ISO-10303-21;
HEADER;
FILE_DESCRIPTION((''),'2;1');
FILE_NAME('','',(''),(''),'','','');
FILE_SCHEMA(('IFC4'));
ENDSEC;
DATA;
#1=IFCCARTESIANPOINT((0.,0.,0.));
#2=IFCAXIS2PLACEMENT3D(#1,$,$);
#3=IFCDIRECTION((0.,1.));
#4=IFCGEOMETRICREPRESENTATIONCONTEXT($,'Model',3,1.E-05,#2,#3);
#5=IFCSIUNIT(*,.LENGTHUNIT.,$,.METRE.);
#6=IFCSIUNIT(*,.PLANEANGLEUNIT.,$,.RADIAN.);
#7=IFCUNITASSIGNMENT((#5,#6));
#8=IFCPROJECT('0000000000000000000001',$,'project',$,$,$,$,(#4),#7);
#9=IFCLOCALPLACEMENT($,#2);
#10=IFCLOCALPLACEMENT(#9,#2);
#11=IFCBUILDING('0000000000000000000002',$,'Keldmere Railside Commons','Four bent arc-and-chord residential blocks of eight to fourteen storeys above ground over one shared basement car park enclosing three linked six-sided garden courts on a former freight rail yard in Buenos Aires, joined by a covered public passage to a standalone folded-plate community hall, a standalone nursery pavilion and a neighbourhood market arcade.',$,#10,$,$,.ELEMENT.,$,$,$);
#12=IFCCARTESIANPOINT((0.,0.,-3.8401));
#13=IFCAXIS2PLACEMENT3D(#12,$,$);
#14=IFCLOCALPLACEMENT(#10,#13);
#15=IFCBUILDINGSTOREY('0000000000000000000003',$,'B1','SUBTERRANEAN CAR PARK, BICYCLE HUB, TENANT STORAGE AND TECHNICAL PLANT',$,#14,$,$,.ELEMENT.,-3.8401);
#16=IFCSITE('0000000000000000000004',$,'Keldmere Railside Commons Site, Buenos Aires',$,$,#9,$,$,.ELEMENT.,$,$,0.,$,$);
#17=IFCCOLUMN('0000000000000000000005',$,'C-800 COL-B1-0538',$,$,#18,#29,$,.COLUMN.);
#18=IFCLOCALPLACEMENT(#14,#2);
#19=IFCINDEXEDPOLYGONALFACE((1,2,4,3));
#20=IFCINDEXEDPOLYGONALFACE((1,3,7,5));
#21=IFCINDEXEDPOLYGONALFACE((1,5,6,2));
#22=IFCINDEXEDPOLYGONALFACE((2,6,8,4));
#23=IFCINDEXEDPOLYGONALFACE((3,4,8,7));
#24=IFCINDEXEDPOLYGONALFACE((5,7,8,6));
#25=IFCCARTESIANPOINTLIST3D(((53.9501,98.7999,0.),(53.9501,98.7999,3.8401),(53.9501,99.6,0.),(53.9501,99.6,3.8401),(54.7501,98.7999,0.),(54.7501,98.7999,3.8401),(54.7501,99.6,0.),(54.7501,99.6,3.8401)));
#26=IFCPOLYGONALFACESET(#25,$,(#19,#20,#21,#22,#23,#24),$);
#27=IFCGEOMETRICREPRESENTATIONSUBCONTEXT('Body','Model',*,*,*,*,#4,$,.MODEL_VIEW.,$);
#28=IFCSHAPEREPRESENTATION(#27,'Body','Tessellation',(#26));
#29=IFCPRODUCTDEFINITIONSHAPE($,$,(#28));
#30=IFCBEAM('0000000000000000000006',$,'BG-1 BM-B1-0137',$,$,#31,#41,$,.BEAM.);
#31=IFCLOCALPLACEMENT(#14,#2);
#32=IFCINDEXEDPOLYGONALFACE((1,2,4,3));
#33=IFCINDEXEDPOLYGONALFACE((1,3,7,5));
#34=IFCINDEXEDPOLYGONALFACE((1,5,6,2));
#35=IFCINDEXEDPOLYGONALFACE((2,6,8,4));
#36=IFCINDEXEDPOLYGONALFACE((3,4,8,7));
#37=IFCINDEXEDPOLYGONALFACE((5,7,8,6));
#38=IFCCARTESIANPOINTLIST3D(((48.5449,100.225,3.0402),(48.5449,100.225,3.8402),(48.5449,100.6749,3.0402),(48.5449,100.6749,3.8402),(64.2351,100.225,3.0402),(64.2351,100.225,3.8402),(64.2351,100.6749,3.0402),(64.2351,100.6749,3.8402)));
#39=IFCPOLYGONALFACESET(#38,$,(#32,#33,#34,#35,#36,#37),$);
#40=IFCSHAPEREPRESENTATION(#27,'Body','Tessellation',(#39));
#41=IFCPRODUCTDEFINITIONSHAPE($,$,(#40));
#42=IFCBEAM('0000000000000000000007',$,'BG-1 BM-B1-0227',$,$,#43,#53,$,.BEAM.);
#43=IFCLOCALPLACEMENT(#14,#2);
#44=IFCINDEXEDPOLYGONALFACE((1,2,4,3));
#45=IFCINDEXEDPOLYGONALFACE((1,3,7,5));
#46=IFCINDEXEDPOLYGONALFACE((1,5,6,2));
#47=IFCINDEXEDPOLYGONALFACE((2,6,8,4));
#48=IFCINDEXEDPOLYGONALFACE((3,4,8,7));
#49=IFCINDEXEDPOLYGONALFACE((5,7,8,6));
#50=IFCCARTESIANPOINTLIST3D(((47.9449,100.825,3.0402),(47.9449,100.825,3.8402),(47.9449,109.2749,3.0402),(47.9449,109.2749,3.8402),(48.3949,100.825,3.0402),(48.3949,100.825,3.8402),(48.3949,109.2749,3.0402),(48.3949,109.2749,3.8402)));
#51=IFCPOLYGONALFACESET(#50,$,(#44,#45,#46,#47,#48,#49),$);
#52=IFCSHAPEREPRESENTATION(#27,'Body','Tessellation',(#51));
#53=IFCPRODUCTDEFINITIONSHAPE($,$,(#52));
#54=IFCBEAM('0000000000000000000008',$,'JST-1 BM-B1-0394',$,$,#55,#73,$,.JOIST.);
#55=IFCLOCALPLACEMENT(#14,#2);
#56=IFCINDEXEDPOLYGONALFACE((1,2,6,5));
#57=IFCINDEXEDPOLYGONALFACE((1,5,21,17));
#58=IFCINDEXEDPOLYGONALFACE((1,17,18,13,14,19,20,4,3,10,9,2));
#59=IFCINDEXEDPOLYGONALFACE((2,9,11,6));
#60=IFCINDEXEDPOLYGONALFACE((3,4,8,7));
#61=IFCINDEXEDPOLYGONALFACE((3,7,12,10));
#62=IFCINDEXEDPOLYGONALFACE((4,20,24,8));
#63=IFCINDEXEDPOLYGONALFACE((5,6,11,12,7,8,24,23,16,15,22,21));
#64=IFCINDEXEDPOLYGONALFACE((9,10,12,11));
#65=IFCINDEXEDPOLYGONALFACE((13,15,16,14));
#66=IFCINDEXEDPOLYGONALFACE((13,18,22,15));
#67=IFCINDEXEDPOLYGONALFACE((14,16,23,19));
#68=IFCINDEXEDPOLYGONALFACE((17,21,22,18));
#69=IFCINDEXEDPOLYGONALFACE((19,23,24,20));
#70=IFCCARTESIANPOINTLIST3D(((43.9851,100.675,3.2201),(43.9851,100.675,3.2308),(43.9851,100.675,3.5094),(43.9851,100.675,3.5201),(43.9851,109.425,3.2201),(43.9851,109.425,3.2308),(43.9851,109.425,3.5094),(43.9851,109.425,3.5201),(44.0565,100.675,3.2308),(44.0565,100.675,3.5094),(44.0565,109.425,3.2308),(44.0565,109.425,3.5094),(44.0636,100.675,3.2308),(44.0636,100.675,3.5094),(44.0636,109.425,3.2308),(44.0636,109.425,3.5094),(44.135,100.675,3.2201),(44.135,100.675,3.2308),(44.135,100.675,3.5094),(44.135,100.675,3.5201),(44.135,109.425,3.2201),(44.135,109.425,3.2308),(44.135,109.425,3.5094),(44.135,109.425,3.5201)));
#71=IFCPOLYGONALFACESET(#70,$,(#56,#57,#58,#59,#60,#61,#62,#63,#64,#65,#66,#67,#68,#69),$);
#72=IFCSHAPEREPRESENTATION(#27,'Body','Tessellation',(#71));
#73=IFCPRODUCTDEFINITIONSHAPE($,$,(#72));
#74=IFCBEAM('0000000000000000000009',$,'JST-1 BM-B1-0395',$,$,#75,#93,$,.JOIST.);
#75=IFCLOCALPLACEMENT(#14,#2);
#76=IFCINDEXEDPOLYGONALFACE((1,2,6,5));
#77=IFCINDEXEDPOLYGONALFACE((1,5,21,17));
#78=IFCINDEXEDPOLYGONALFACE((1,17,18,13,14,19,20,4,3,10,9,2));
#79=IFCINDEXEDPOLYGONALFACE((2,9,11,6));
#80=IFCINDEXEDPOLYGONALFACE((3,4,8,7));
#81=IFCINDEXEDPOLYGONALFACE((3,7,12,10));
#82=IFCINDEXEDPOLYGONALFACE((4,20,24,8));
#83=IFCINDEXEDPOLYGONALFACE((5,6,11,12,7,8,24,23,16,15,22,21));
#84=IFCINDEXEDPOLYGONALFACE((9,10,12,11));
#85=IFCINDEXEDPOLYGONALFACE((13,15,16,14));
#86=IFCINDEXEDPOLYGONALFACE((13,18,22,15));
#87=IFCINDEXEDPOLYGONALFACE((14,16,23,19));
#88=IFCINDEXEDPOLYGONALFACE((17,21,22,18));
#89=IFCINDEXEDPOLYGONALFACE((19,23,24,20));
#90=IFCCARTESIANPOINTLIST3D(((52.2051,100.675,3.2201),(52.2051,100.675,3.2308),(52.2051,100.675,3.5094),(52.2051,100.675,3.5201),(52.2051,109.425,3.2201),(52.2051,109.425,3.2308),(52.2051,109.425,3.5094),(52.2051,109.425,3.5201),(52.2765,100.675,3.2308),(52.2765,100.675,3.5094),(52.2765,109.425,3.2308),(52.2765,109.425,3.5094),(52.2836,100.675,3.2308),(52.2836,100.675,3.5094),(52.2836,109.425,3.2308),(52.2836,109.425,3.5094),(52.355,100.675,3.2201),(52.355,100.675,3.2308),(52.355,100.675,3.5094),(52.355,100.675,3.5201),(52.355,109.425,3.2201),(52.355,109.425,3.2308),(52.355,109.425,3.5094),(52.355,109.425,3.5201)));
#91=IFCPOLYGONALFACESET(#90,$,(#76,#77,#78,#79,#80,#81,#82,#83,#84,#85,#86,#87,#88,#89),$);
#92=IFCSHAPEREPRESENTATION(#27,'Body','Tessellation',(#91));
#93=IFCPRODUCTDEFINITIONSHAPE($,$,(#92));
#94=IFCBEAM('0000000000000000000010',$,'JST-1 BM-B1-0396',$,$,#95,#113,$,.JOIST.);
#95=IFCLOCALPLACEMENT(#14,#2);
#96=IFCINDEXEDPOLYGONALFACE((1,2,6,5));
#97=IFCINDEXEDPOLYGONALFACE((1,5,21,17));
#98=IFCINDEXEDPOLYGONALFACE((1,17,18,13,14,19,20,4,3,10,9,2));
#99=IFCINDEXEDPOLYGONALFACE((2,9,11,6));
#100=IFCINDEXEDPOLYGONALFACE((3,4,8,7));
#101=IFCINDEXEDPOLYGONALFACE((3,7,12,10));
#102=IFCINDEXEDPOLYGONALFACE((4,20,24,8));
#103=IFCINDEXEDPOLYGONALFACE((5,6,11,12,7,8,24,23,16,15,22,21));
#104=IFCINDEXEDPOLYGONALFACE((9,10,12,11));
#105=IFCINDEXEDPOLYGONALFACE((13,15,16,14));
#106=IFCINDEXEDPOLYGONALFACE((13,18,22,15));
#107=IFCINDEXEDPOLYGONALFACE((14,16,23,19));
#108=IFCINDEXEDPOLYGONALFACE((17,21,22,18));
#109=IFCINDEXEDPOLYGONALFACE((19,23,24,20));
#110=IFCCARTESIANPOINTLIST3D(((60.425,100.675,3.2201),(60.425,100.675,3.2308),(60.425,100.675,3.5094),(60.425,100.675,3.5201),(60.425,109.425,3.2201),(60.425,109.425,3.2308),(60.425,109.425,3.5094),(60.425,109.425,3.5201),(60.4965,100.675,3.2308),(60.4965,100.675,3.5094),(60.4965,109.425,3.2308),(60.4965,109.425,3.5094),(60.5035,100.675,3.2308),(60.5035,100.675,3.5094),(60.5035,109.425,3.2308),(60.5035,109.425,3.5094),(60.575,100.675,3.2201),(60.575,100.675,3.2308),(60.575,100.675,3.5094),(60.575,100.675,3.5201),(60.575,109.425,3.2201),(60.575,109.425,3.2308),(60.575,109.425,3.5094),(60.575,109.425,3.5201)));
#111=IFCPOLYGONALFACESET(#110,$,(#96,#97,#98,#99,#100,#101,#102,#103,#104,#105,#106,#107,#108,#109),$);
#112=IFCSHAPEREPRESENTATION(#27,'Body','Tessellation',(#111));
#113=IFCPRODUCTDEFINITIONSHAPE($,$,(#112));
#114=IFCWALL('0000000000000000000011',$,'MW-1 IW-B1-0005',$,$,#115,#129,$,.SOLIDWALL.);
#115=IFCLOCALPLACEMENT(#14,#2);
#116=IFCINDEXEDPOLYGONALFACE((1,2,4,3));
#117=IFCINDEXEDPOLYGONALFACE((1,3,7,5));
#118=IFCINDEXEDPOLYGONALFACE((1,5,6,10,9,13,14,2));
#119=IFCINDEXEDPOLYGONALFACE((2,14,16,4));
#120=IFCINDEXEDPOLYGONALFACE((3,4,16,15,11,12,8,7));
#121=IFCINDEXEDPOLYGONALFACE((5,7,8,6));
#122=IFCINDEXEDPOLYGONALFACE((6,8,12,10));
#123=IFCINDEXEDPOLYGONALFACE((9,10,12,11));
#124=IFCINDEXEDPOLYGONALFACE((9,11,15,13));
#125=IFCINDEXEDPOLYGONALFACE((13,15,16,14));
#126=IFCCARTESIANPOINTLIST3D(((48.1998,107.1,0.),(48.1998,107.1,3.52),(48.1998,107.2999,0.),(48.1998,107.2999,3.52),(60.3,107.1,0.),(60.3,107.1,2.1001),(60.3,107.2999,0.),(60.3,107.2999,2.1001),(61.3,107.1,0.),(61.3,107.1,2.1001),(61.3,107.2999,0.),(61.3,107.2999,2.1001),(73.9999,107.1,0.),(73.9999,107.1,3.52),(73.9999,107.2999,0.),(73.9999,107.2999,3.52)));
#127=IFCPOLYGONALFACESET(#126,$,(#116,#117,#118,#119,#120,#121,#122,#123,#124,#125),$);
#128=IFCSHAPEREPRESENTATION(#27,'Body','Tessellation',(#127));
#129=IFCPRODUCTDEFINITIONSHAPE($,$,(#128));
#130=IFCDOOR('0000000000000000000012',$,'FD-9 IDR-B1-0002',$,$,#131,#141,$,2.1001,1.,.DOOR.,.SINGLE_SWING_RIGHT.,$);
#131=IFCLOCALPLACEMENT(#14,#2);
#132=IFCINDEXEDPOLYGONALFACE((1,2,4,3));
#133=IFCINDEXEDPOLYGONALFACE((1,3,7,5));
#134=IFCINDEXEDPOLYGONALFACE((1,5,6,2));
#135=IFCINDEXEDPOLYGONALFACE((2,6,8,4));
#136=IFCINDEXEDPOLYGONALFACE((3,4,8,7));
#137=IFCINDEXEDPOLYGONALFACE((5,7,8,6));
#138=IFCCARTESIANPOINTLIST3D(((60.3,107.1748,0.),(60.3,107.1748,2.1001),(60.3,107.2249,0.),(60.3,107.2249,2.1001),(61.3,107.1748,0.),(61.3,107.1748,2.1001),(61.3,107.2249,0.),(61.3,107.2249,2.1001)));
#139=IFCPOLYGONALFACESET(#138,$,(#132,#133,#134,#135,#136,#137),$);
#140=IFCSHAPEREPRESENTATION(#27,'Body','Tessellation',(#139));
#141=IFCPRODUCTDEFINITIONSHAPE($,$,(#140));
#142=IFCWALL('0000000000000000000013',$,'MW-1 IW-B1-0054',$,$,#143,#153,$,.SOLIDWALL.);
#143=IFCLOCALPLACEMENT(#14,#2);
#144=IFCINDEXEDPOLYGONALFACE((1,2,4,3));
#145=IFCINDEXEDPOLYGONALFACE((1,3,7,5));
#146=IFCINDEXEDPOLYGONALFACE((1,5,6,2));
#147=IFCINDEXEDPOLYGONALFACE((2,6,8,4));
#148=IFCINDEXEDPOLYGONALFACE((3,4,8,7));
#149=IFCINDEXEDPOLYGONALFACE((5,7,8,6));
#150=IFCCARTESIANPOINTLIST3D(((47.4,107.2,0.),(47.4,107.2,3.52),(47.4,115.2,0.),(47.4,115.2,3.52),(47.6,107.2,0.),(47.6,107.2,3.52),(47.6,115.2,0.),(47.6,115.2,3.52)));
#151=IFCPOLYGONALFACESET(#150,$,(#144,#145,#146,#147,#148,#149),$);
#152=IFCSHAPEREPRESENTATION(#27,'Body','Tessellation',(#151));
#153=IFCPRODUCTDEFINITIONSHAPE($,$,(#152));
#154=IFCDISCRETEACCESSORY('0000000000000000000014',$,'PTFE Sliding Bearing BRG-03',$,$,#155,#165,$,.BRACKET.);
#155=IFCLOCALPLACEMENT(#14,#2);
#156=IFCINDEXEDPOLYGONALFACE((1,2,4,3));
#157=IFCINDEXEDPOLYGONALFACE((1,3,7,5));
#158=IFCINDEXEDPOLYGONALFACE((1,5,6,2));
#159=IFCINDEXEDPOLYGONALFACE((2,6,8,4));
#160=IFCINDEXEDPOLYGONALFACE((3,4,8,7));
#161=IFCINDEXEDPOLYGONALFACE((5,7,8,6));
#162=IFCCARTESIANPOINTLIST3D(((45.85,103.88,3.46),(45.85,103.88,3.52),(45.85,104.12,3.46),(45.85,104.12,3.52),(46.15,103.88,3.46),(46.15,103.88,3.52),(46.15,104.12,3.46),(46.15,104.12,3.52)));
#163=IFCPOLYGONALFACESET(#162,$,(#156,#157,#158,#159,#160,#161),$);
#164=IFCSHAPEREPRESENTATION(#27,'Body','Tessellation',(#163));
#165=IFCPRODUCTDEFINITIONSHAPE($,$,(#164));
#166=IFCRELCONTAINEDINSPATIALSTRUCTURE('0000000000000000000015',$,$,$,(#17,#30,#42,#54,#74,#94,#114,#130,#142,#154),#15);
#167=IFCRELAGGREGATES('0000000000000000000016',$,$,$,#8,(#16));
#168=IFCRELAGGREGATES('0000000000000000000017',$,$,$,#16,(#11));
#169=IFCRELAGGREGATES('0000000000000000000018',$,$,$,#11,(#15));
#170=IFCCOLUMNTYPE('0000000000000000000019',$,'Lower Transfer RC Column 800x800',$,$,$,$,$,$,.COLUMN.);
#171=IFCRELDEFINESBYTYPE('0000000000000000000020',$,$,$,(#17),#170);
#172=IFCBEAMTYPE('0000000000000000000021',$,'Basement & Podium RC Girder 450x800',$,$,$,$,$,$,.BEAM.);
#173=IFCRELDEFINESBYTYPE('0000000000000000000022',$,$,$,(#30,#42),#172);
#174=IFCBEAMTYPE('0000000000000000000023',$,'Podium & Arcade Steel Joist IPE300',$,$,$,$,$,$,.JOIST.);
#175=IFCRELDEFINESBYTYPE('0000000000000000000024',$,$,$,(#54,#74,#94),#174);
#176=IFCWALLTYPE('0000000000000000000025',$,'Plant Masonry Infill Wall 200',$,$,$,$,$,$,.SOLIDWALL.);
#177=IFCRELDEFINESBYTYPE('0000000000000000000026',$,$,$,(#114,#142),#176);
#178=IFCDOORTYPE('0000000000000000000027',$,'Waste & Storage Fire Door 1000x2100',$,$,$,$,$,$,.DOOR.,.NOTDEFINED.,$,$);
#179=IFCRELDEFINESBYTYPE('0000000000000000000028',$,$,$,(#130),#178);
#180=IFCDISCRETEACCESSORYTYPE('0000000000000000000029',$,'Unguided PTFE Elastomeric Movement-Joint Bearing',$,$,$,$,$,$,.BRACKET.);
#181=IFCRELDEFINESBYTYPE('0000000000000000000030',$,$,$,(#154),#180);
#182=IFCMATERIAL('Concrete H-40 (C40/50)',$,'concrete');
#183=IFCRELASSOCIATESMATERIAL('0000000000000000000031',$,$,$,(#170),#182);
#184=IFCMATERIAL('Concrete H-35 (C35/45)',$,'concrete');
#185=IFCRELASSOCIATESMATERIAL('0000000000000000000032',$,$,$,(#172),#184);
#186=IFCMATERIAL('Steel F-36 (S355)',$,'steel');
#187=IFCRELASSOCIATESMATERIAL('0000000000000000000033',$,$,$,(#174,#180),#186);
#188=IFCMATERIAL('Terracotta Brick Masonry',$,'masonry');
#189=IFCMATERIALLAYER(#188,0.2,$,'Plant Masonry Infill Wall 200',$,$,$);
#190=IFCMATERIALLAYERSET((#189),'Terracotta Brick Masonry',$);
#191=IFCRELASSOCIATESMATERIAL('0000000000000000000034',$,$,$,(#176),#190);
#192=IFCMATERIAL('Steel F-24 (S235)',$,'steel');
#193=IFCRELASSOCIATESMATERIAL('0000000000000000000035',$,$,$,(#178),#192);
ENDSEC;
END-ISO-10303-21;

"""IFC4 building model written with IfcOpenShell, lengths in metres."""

from ifc_helpers import new_model, si_unit, direction, frame, frame_2d, origin, origin_2d, place, context, subcontext, project, spatial, rectangle, i_section, extrude, material, layer, layer_set, material_profile, profile_set, type_object, element, fill, save


model = new_model("IFC4")

# Units and contexts
model_context = context("Model", 3, precision=1e-05, world=origin(), true_north=direction((0.0, 1.0)))
body_context = subcontext(model_context, "Body", "Model", "MODEL_VIEW")
ifc_project = project(units=[si_unit("LENGTHUNIT", "METRE"), si_unit("PLANEANGLEUNIT", "RADIAN")], contexts=[model_context])

# Site, building, storey
site_placement = place(None, origin())
site = spatial("IfcSite", under=ifc_project, at=site_placement, Name="Keldmere Railside Commons Site, Buenos Aires", CompositionType="ELEMENT", RefElevation=0.0)
building_placement = place(site_placement, origin())
building = spatial("IfcBuilding", under=site, at=building_placement, Name="Keldmere Railside Commons", Description="Four bent arc-and-chord residential blocks of eight to fourteen storeys above ground over one shared basement car park enclosing three linked six-sided garden courts on a former freight rail yard in Buenos Aires, joined by a covered public passage to a standalone folded-plate community hall, a standalone nursery pavilion and a neighbourhood market arcade.", CompositionType="ELEMENT")
storey_placement = place(building_placement, frame((0.0, 0.0, -3.8401)))
storey = spatial("IfcBuildingStorey", under=building, at=storey_placement, Name="B1", Description="SUBTERRANEAN CAR PARK, BICYCLE HUB, TENANT STORAGE AND TECHNICAL PLANT", CompositionType="ELEMENT", Elevation=-3.8401)

# Shared definitions
ifc_material_1 = material(Name="Concrete H-40 (C40/50)", Category="concrete")

# Column
ifc_material_profile_1 = material_profile(ifc_material_1, rectangle(XDim=0.8, YDim=0.8, at=origin_2d()), Name="RC-800x800")
ifc_profile_set_1 = profile_set([ifc_material_profile_1], Name="Concrete H-40 (C40/50)")
column_type_1 = type_object("IfcColumnType", Name="Lower Transfer RC Column 800x800", PredefinedType="COLUMN", material=ifc_profile_set_1)
column_1_placement = place(storey_placement, frame((54.3501, 99.2, 0.0), z_axis=(0.0, 0.0, 1.0), x_axis=(1.0, 0.0, 0.0)))
element("IfcColumn", 1, at=column_1_placement, inside=storey, type_object=column_type_1, Name="C-800 COL-B1-0538", PredefinedType="COLUMN", context=body_context, shape_type="SweptSolid", body=[
    extrude(rectangle(XDim=0.8, YDim=0.8, at=origin_2d()), origin(), (0.0, 0.0, 1.0), 3.8401),
])

# Beams
ifc_material_2 = material(Name="Concrete H-35 (C35/45)", Category="concrete")
ifc_material_profile_2 = material_profile(ifc_material_2, rectangle(XDim=0.45, YDim=0.8, at=origin_2d()), Name="RC-450x800")
ifc_profile_set_2 = profile_set([ifc_material_profile_2], Name="Concrete H-35 (C35/45)")
beam_type_1 = type_object("IfcBeamType", Name="Basement & Podium RC Girder 450x800", PredefinedType="BEAM", material=ifc_profile_set_2)
beam_1_placement = place(storey_placement, frame((48.5449, 100.45, 3.4402), z_axis=(1.0, 0.0, 0.0), x_axis=(0.0, 1.0, 0.0)))
element("IfcBeam", 2, at=beam_1_placement, inside=storey, type_object=beam_type_1, Name="BG-1 BM-B1-0137", PredefinedType="BEAM", context=body_context, shape_type="SweptSolid", body=[
    extrude(rectangle(XDim=0.45, YDim=0.8, at=origin_2d()), origin(), (0.0, 0.0, 1.0), 15.6902),
])
beam_2_placement = place(storey_placement, frame((48.1699, 100.825, 3.4402), z_axis=(0.0, 1.0, 0.0), x_axis=(-1.0, 0.0, 0.0)))
element("IfcBeam", 3, at=beam_2_placement, inside=storey, type_object=beam_type_1, Name="BG-1 BM-B1-0227", PredefinedType="BEAM", context=body_context, shape_type="SweptSolid", body=[
    extrude(rectangle(XDim=0.45, YDim=0.8, at=origin_2d()), origin(), (0.0, 0.0, 1.0), 8.45),
])
ifc_material_3 = material(Name="Steel F-36 (S355)", Category="steel")
ifc_material_profile_3 = material_profile(ifc_material_3, i_section(OverallWidth=0.1499, OverallDepth=0.3, WebThickness=0.0071, FlangeThickness=0.0107, at=origin_2d()), Name="IPE-300")
ifc_profile_set_3 = profile_set([ifc_material_profile_3], Name="Steel F-36 (S355)")
beam_type_2 = type_object("IfcBeamType", Name="Podium & Arcade Steel Joist IPE300", PredefinedType="JOIST", material=ifc_profile_set_3)
for number, where, z_axis, x_axis, name in (
    (4, (44.0601, 100.675, 3.3701), (0.0, 1.0, 0.0), (-1.0, 0.0, 0.0), "JST-1 BM-B1-0394"),
    (5, (52.28, 100.675, 3.3701), (0.0, 1.0, 0.0), (-1.0, 0.0, 0.0), "JST-1 BM-B1-0395"),
    (6, (60.5, 100.675, 3.3701), (0.0, 1.0, 0.0), (-1.0, 0.0, 0.0), "JST-1 BM-B1-0396"),
):
    element("IfcBeam", number, at=place(storey_placement, frame(where, z_axis=z_axis, x_axis=x_axis)), inside=storey, type_object=beam_type_2, Name=name, PredefinedType="JOIST", context=body_context, shape_type="SweptSolid", body=[
        extrude(i_section(OverallWidth=0.1499, OverallDepth=0.3, WebThickness=0.0071, FlangeThickness=0.0107, at=origin_2d()), origin(), (0.0, 0.0, 1.0), 8.75),
    ])

# Wall, opening, door
ifc_material_4 = material(Name="Terracotta Brick Masonry", Category="masonry")
ifc_layer = layer(ifc_material_4, 0.2, Name="Plant Masonry Infill Wall 200")
ifc_layer_set = layer_set([ifc_layer], Name="Terracotta Brick Masonry")
wall_type = type_object("IfcWallType", Name="Plant Masonry Infill Wall 200", PredefinedType="SOLIDWALL", material=ifc_layer_set)
wall_1_placement = place(storey_placement, frame((48.2, 107.2, 0.0), z_axis=(0.0, 0.0, 1.0), x_axis=(1.0, 0.0, 0.0)))
wall_1 = element("IfcWall", 7, at=wall_1_placement, inside=storey, type_object=wall_type, Name="MW-1 IW-B1-0005", PredefinedType="SOLIDWALL", context=body_context, shape_type="SweptSolid", body=[
    extrude(rectangle(XDim=25.8, YDim=0.2, at=frame_2d((12.8999, 0.0))), origin(), (0.0, 0.0, 1.0), 3.52),
])
opening_placement = place(wall_1_placement, frame((12.1001, 0.0, 0.0)))
opening = element("IfcOpeningElement", 8, at=opening_placement, cuts=wall_1, PredefinedType="OPENING", context=body_context, shape_type="SweptSolid", body=[
    extrude(rectangle(XDim=1.0, YDim=2.1001, at=frame_2d((0.5, 1.05))), frame((0.0, 0.1099, 0.0), z_axis=(0.0, -1.0, 0.0), x_axis=(1.0, 0.0, 0.0)), (0.0, 0.0, 1.0), 0.22),
])
ifc_material_5 = material(Name="Steel F-24 (S235)", Category="steel")
door_type = type_object("IfcDoorType", Name="Waste & Storage Fire Door 1000x2100", OperationType="NOTDEFINED", PredefinedType="DOOR", material=ifc_material_5)
door_placement = place(opening_placement, origin())
door = element("IfcDoor", 9, at=door_placement, inside=storey, type_object=door_type, Name="FD-9 IDR-B1-0002", OperationType="SINGLE_SWING_RIGHT", OverallHeight=2.1001, OverallWidth=1.0, PredefinedType="DOOR", context=body_context, shape_type="SweptSolid", body=[
    extrude(rectangle(XDim=1.0, YDim=2.1001, at=frame_2d((0.5, 1.05))), frame((0.0, 0.0249, 0.0), z_axis=(0.0, -1.0, 0.0), x_axis=(1.0, 0.0, 0.0)), (0.0, 0.0, 1.0), 0.05),
])
fill(opening, door)

# Wall
wall_2_placement = place(storey_placement, frame((47.5, 107.2, 0.0), z_axis=(0.0, 0.0, 1.0), x_axis=(0.0, 1.0, 0.0)))
element("IfcWall", 10, at=wall_2_placement, inside=storey, type_object=wall_type, Name="MW-1 IW-B1-0054", PredefinedType="SOLIDWALL", context=body_context, shape_type="SweptSolid", body=[
    extrude(rectangle(XDim=8.0, YDim=0.2, at=frame_2d((4.0, 0.0))), origin(), (0.0, 0.0, 1.0), 3.52),
])

# Discrete accessory
discrete_accessory_type = type_object("IfcDiscreteAccessoryType", Name="Unguided PTFE Elastomeric Movement-Joint Bearing", PredefinedType="BRACKET", material=ifc_material_3)
discrete_accessory_placement = place(storey_placement, frame((46.0, 104.0, 3.46), z_axis=(0.0, 0.0, 1.0), x_axis=(1.0, 0.0, 0.0)))
element("IfcDiscreteAccessory", 11, at=discrete_accessory_placement, inside=storey, type_object=discrete_accessory_type, Name="PTFE Sliding Bearing BRG-03", PredefinedType="BRACKET", context=body_context, shape_type="SweptSolid", body=[
    extrude(rectangle(XDim=0.3, YDim=0.24, at=origin_2d()), origin(), (0.0, 0.0, 1.0), 0.0601),
])

save(model, "model.ifc")
